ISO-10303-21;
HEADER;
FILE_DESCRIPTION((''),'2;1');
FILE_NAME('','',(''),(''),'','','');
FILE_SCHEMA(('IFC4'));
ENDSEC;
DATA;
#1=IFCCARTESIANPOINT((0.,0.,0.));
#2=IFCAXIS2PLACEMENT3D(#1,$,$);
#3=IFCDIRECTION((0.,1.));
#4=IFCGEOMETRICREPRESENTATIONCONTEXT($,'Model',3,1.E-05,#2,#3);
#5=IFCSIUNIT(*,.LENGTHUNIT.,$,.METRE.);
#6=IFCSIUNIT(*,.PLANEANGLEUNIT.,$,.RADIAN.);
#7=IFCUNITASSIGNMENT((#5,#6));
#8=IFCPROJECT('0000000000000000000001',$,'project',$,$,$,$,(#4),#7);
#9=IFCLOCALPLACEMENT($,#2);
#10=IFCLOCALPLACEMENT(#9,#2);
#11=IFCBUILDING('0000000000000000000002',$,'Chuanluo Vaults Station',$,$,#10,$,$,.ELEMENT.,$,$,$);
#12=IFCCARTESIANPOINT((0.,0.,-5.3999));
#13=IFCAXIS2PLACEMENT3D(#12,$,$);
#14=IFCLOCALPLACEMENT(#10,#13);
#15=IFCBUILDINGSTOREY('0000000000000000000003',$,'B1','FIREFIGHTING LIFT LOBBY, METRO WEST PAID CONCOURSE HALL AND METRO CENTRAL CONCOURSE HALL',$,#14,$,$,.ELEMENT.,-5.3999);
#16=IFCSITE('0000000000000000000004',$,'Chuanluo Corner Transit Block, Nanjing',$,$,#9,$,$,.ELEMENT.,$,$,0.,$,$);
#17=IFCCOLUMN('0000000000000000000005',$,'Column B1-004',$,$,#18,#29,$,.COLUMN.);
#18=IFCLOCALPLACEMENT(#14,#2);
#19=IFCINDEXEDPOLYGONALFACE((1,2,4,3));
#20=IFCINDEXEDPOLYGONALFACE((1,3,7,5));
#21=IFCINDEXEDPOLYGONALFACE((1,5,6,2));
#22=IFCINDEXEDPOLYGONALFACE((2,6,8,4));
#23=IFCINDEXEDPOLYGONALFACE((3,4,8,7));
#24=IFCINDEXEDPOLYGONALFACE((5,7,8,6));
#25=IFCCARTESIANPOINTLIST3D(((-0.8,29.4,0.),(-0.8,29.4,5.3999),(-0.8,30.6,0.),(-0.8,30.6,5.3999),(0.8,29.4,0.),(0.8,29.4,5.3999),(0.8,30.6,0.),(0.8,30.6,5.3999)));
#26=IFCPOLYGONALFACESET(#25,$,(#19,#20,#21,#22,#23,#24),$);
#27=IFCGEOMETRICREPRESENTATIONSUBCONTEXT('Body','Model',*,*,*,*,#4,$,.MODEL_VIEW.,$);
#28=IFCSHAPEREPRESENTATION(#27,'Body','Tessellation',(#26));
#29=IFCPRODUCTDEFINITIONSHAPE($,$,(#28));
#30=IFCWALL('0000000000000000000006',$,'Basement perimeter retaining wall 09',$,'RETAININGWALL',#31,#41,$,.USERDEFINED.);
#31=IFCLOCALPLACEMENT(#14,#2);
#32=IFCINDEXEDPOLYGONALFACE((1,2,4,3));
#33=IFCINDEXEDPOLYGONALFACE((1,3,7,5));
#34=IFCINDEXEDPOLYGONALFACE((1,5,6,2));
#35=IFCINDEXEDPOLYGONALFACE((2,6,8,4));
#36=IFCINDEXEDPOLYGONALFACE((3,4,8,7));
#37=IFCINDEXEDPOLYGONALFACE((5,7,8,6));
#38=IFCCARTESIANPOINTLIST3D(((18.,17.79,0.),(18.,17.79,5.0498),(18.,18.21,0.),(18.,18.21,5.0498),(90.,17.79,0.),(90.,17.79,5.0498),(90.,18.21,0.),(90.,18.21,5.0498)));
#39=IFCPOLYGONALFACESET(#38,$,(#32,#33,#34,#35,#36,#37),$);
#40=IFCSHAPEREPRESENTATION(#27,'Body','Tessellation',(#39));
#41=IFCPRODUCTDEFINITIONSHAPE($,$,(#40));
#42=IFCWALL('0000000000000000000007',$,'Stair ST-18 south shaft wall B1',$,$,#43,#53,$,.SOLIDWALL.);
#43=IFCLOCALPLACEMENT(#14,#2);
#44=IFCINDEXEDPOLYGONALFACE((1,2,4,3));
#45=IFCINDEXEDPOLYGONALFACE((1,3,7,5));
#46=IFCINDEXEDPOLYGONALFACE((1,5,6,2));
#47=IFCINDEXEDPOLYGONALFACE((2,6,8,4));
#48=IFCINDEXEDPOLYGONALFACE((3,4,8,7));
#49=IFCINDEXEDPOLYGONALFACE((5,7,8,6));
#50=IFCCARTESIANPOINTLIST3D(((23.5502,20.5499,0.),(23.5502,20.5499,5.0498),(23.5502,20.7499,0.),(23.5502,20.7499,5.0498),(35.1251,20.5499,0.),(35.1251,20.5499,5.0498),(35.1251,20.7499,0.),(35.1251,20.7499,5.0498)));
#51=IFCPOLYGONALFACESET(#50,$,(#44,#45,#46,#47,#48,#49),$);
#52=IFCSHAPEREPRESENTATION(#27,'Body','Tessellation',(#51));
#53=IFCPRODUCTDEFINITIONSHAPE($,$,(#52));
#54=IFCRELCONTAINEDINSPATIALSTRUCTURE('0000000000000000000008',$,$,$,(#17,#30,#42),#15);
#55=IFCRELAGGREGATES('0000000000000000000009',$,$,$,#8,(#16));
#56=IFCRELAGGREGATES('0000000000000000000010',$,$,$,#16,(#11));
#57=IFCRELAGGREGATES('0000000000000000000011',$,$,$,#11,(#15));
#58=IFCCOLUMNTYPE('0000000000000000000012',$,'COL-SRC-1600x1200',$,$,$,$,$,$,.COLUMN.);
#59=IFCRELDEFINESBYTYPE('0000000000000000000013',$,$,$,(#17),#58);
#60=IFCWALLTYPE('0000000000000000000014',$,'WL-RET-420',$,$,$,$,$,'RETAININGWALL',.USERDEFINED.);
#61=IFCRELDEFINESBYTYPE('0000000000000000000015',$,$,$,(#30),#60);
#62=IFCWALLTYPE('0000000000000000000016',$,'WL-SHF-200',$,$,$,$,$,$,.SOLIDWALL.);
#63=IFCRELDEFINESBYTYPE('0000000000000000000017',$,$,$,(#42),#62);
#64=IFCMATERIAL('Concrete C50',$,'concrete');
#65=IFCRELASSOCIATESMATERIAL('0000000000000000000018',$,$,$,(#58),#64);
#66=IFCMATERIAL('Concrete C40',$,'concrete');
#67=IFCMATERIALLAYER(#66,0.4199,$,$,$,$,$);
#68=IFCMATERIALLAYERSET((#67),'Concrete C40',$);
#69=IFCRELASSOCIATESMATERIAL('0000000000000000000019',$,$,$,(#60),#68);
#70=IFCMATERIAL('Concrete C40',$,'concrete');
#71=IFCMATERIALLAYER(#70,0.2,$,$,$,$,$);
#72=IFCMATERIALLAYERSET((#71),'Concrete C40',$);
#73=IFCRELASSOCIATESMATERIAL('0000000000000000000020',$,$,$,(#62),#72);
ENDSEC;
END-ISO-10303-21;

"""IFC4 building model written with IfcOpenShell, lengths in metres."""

from ifc_helpers import new_model, si_unit, direction, frame, frame_2d, origin, origin_2d, place, context, subcontext, project, spatial, rectangle, extrude, material, layer, layer_set, material_profile, profile_set, type_object, element, save


model = new_model("IFC4")

# Units and contexts
model_context = context("Model", 3, precision=1e-05, world=origin(), true_north=direction((0.0, 1.0)))
body_context = subcontext(model_context, "Body", "Model", "MODEL_VIEW")
ifc_project = project(units=[si_unit("LENGTHUNIT", "METRE"), si_unit("PLANEANGLEUNIT", "RADIAN")], contexts=[model_context])

# Site, building, storey
site_placement = place(None, origin())
site = spatial("IfcSite", under=ifc_project, at=site_placement, Name="Chuanluo Corner Transit Block, Nanjing", CompositionType="ELEMENT", RefElevation=0.0)
building_placement = place(site_placement, origin())
building = spatial("IfcBuilding", under=site, at=building_placement, Name="Chuanluo Vaults Station", CompositionType="ELEMENT")
storey_placement = place(building_placement, frame((0.0, 0.0, -5.3999)))
storey = spatial("IfcBuildingStorey", under=building, at=storey_placement, Name="B1", Description="FIREFIGHTING LIFT LOBBY, METRO WEST PAID CONCOURSE HALL AND METRO CENTRAL CONCOURSE HALL", CompositionType="ELEMENT", Elevation=-5.3999)

# Column
ifc_material_1 = material(Name="Concrete C50", Category="concrete")
ifc_material_profile_1 = material_profile(ifc_material_1, rectangle(XDim=1.6001, YDim=1.2, at=origin_2d()))
ifc_profile_set_1 = profile_set([ifc_material_profile_1], Name="Concrete C50")
column_type_1 = type_object("IfcColumnType", Name="COL-SRC-1600x1200", PredefinedType="COLUMN", material=ifc_profile_set_1)
for number, where, z_axis, x_axis, name in (
    (1, (0.0, 30.0, 0.0), (0.0, 0.0, 1.0), (1.0, 0.0, 0.0), "Column B1-004"),
):
    element("IfcColumn", number, at=place(storey_placement, frame(where, z_axis=z_axis, x_axis=x_axis)), inside=storey, type_object=column_type_1, Name=name, PredefinedType="COLUMN", context=body_context, shape_type="SweptSolid", body=[
        extrude(rectangle(XDim=1.6001, YDim=1.2, at=origin_2d()), origin(), (0.0, 0.0, 1.0), 5.3999),
    ])

# Walls
ifc_material_2 = material(Name="Concrete C40", Category="concrete")
ifc_layer_1 = layer(ifc_material_2, 0.4199)
ifc_layer_set_1 = layer_set([ifc_layer_1], Name="Concrete C40")
wall_type_1 = type_object("IfcWallType", Name="WL-RET-420", ElementType="RETAININGWALL", PredefinedType="USERDEFINED", material=ifc_layer_set_1)
wall_1_placement = place(storey_placement, frame((18.0, 18.0, 0.0), z_axis=(0.0, 0.0, 1.0), x_axis=(1.0, 0.0, 0.0)))
element("IfcWall", 2, at=wall_1_placement, inside=storey, type_object=wall_type_1, Name="Basement perimeter retaining wall 09", ObjectType="RETAININGWALL", PredefinedType="USERDEFINED", context=body_context, shape_type="SweptSolid", body=[
    extrude(rectangle(XDim=72.0, YDim=0.4199, at=frame_2d((36.0, 0.0))), origin(), (0.0, 0.0, 1.0), 5.0498),
])
ifc_material_3 = material(Name="Concrete C40", Category="concrete")
ifc_layer_2 = layer(ifc_material_3, 0.2)
ifc_layer_set_2 = layer_set([ifc_layer_2], Name="Concrete C40")
wall_type_2 = type_object("IfcWallType", Name="WL-SHF-200", PredefinedType="SOLIDWALL", material=ifc_layer_set_2)
wall_2_placement = place(storey_placement, frame((23.55, 20.6499, 0.0), z_axis=(0.0, 0.0, 1.0), x_axis=(1.0, 0.0, 0.0)))
element("IfcWall", 3, at=wall_2_placement, inside=storey, type_object=wall_type_2, Name="Stair ST-18 south shaft wall B1", PredefinedType="SOLIDWALL", context=body_context, shape_type="SweptSolid", body=[
    extrude(rectangle(XDim=11.575, YDim=0.2, at=frame_2d((5.7876, 0.0))), origin(), (0.0, 0.0, 1.0), 5.0498),
])

save(model, "model.ifc")
